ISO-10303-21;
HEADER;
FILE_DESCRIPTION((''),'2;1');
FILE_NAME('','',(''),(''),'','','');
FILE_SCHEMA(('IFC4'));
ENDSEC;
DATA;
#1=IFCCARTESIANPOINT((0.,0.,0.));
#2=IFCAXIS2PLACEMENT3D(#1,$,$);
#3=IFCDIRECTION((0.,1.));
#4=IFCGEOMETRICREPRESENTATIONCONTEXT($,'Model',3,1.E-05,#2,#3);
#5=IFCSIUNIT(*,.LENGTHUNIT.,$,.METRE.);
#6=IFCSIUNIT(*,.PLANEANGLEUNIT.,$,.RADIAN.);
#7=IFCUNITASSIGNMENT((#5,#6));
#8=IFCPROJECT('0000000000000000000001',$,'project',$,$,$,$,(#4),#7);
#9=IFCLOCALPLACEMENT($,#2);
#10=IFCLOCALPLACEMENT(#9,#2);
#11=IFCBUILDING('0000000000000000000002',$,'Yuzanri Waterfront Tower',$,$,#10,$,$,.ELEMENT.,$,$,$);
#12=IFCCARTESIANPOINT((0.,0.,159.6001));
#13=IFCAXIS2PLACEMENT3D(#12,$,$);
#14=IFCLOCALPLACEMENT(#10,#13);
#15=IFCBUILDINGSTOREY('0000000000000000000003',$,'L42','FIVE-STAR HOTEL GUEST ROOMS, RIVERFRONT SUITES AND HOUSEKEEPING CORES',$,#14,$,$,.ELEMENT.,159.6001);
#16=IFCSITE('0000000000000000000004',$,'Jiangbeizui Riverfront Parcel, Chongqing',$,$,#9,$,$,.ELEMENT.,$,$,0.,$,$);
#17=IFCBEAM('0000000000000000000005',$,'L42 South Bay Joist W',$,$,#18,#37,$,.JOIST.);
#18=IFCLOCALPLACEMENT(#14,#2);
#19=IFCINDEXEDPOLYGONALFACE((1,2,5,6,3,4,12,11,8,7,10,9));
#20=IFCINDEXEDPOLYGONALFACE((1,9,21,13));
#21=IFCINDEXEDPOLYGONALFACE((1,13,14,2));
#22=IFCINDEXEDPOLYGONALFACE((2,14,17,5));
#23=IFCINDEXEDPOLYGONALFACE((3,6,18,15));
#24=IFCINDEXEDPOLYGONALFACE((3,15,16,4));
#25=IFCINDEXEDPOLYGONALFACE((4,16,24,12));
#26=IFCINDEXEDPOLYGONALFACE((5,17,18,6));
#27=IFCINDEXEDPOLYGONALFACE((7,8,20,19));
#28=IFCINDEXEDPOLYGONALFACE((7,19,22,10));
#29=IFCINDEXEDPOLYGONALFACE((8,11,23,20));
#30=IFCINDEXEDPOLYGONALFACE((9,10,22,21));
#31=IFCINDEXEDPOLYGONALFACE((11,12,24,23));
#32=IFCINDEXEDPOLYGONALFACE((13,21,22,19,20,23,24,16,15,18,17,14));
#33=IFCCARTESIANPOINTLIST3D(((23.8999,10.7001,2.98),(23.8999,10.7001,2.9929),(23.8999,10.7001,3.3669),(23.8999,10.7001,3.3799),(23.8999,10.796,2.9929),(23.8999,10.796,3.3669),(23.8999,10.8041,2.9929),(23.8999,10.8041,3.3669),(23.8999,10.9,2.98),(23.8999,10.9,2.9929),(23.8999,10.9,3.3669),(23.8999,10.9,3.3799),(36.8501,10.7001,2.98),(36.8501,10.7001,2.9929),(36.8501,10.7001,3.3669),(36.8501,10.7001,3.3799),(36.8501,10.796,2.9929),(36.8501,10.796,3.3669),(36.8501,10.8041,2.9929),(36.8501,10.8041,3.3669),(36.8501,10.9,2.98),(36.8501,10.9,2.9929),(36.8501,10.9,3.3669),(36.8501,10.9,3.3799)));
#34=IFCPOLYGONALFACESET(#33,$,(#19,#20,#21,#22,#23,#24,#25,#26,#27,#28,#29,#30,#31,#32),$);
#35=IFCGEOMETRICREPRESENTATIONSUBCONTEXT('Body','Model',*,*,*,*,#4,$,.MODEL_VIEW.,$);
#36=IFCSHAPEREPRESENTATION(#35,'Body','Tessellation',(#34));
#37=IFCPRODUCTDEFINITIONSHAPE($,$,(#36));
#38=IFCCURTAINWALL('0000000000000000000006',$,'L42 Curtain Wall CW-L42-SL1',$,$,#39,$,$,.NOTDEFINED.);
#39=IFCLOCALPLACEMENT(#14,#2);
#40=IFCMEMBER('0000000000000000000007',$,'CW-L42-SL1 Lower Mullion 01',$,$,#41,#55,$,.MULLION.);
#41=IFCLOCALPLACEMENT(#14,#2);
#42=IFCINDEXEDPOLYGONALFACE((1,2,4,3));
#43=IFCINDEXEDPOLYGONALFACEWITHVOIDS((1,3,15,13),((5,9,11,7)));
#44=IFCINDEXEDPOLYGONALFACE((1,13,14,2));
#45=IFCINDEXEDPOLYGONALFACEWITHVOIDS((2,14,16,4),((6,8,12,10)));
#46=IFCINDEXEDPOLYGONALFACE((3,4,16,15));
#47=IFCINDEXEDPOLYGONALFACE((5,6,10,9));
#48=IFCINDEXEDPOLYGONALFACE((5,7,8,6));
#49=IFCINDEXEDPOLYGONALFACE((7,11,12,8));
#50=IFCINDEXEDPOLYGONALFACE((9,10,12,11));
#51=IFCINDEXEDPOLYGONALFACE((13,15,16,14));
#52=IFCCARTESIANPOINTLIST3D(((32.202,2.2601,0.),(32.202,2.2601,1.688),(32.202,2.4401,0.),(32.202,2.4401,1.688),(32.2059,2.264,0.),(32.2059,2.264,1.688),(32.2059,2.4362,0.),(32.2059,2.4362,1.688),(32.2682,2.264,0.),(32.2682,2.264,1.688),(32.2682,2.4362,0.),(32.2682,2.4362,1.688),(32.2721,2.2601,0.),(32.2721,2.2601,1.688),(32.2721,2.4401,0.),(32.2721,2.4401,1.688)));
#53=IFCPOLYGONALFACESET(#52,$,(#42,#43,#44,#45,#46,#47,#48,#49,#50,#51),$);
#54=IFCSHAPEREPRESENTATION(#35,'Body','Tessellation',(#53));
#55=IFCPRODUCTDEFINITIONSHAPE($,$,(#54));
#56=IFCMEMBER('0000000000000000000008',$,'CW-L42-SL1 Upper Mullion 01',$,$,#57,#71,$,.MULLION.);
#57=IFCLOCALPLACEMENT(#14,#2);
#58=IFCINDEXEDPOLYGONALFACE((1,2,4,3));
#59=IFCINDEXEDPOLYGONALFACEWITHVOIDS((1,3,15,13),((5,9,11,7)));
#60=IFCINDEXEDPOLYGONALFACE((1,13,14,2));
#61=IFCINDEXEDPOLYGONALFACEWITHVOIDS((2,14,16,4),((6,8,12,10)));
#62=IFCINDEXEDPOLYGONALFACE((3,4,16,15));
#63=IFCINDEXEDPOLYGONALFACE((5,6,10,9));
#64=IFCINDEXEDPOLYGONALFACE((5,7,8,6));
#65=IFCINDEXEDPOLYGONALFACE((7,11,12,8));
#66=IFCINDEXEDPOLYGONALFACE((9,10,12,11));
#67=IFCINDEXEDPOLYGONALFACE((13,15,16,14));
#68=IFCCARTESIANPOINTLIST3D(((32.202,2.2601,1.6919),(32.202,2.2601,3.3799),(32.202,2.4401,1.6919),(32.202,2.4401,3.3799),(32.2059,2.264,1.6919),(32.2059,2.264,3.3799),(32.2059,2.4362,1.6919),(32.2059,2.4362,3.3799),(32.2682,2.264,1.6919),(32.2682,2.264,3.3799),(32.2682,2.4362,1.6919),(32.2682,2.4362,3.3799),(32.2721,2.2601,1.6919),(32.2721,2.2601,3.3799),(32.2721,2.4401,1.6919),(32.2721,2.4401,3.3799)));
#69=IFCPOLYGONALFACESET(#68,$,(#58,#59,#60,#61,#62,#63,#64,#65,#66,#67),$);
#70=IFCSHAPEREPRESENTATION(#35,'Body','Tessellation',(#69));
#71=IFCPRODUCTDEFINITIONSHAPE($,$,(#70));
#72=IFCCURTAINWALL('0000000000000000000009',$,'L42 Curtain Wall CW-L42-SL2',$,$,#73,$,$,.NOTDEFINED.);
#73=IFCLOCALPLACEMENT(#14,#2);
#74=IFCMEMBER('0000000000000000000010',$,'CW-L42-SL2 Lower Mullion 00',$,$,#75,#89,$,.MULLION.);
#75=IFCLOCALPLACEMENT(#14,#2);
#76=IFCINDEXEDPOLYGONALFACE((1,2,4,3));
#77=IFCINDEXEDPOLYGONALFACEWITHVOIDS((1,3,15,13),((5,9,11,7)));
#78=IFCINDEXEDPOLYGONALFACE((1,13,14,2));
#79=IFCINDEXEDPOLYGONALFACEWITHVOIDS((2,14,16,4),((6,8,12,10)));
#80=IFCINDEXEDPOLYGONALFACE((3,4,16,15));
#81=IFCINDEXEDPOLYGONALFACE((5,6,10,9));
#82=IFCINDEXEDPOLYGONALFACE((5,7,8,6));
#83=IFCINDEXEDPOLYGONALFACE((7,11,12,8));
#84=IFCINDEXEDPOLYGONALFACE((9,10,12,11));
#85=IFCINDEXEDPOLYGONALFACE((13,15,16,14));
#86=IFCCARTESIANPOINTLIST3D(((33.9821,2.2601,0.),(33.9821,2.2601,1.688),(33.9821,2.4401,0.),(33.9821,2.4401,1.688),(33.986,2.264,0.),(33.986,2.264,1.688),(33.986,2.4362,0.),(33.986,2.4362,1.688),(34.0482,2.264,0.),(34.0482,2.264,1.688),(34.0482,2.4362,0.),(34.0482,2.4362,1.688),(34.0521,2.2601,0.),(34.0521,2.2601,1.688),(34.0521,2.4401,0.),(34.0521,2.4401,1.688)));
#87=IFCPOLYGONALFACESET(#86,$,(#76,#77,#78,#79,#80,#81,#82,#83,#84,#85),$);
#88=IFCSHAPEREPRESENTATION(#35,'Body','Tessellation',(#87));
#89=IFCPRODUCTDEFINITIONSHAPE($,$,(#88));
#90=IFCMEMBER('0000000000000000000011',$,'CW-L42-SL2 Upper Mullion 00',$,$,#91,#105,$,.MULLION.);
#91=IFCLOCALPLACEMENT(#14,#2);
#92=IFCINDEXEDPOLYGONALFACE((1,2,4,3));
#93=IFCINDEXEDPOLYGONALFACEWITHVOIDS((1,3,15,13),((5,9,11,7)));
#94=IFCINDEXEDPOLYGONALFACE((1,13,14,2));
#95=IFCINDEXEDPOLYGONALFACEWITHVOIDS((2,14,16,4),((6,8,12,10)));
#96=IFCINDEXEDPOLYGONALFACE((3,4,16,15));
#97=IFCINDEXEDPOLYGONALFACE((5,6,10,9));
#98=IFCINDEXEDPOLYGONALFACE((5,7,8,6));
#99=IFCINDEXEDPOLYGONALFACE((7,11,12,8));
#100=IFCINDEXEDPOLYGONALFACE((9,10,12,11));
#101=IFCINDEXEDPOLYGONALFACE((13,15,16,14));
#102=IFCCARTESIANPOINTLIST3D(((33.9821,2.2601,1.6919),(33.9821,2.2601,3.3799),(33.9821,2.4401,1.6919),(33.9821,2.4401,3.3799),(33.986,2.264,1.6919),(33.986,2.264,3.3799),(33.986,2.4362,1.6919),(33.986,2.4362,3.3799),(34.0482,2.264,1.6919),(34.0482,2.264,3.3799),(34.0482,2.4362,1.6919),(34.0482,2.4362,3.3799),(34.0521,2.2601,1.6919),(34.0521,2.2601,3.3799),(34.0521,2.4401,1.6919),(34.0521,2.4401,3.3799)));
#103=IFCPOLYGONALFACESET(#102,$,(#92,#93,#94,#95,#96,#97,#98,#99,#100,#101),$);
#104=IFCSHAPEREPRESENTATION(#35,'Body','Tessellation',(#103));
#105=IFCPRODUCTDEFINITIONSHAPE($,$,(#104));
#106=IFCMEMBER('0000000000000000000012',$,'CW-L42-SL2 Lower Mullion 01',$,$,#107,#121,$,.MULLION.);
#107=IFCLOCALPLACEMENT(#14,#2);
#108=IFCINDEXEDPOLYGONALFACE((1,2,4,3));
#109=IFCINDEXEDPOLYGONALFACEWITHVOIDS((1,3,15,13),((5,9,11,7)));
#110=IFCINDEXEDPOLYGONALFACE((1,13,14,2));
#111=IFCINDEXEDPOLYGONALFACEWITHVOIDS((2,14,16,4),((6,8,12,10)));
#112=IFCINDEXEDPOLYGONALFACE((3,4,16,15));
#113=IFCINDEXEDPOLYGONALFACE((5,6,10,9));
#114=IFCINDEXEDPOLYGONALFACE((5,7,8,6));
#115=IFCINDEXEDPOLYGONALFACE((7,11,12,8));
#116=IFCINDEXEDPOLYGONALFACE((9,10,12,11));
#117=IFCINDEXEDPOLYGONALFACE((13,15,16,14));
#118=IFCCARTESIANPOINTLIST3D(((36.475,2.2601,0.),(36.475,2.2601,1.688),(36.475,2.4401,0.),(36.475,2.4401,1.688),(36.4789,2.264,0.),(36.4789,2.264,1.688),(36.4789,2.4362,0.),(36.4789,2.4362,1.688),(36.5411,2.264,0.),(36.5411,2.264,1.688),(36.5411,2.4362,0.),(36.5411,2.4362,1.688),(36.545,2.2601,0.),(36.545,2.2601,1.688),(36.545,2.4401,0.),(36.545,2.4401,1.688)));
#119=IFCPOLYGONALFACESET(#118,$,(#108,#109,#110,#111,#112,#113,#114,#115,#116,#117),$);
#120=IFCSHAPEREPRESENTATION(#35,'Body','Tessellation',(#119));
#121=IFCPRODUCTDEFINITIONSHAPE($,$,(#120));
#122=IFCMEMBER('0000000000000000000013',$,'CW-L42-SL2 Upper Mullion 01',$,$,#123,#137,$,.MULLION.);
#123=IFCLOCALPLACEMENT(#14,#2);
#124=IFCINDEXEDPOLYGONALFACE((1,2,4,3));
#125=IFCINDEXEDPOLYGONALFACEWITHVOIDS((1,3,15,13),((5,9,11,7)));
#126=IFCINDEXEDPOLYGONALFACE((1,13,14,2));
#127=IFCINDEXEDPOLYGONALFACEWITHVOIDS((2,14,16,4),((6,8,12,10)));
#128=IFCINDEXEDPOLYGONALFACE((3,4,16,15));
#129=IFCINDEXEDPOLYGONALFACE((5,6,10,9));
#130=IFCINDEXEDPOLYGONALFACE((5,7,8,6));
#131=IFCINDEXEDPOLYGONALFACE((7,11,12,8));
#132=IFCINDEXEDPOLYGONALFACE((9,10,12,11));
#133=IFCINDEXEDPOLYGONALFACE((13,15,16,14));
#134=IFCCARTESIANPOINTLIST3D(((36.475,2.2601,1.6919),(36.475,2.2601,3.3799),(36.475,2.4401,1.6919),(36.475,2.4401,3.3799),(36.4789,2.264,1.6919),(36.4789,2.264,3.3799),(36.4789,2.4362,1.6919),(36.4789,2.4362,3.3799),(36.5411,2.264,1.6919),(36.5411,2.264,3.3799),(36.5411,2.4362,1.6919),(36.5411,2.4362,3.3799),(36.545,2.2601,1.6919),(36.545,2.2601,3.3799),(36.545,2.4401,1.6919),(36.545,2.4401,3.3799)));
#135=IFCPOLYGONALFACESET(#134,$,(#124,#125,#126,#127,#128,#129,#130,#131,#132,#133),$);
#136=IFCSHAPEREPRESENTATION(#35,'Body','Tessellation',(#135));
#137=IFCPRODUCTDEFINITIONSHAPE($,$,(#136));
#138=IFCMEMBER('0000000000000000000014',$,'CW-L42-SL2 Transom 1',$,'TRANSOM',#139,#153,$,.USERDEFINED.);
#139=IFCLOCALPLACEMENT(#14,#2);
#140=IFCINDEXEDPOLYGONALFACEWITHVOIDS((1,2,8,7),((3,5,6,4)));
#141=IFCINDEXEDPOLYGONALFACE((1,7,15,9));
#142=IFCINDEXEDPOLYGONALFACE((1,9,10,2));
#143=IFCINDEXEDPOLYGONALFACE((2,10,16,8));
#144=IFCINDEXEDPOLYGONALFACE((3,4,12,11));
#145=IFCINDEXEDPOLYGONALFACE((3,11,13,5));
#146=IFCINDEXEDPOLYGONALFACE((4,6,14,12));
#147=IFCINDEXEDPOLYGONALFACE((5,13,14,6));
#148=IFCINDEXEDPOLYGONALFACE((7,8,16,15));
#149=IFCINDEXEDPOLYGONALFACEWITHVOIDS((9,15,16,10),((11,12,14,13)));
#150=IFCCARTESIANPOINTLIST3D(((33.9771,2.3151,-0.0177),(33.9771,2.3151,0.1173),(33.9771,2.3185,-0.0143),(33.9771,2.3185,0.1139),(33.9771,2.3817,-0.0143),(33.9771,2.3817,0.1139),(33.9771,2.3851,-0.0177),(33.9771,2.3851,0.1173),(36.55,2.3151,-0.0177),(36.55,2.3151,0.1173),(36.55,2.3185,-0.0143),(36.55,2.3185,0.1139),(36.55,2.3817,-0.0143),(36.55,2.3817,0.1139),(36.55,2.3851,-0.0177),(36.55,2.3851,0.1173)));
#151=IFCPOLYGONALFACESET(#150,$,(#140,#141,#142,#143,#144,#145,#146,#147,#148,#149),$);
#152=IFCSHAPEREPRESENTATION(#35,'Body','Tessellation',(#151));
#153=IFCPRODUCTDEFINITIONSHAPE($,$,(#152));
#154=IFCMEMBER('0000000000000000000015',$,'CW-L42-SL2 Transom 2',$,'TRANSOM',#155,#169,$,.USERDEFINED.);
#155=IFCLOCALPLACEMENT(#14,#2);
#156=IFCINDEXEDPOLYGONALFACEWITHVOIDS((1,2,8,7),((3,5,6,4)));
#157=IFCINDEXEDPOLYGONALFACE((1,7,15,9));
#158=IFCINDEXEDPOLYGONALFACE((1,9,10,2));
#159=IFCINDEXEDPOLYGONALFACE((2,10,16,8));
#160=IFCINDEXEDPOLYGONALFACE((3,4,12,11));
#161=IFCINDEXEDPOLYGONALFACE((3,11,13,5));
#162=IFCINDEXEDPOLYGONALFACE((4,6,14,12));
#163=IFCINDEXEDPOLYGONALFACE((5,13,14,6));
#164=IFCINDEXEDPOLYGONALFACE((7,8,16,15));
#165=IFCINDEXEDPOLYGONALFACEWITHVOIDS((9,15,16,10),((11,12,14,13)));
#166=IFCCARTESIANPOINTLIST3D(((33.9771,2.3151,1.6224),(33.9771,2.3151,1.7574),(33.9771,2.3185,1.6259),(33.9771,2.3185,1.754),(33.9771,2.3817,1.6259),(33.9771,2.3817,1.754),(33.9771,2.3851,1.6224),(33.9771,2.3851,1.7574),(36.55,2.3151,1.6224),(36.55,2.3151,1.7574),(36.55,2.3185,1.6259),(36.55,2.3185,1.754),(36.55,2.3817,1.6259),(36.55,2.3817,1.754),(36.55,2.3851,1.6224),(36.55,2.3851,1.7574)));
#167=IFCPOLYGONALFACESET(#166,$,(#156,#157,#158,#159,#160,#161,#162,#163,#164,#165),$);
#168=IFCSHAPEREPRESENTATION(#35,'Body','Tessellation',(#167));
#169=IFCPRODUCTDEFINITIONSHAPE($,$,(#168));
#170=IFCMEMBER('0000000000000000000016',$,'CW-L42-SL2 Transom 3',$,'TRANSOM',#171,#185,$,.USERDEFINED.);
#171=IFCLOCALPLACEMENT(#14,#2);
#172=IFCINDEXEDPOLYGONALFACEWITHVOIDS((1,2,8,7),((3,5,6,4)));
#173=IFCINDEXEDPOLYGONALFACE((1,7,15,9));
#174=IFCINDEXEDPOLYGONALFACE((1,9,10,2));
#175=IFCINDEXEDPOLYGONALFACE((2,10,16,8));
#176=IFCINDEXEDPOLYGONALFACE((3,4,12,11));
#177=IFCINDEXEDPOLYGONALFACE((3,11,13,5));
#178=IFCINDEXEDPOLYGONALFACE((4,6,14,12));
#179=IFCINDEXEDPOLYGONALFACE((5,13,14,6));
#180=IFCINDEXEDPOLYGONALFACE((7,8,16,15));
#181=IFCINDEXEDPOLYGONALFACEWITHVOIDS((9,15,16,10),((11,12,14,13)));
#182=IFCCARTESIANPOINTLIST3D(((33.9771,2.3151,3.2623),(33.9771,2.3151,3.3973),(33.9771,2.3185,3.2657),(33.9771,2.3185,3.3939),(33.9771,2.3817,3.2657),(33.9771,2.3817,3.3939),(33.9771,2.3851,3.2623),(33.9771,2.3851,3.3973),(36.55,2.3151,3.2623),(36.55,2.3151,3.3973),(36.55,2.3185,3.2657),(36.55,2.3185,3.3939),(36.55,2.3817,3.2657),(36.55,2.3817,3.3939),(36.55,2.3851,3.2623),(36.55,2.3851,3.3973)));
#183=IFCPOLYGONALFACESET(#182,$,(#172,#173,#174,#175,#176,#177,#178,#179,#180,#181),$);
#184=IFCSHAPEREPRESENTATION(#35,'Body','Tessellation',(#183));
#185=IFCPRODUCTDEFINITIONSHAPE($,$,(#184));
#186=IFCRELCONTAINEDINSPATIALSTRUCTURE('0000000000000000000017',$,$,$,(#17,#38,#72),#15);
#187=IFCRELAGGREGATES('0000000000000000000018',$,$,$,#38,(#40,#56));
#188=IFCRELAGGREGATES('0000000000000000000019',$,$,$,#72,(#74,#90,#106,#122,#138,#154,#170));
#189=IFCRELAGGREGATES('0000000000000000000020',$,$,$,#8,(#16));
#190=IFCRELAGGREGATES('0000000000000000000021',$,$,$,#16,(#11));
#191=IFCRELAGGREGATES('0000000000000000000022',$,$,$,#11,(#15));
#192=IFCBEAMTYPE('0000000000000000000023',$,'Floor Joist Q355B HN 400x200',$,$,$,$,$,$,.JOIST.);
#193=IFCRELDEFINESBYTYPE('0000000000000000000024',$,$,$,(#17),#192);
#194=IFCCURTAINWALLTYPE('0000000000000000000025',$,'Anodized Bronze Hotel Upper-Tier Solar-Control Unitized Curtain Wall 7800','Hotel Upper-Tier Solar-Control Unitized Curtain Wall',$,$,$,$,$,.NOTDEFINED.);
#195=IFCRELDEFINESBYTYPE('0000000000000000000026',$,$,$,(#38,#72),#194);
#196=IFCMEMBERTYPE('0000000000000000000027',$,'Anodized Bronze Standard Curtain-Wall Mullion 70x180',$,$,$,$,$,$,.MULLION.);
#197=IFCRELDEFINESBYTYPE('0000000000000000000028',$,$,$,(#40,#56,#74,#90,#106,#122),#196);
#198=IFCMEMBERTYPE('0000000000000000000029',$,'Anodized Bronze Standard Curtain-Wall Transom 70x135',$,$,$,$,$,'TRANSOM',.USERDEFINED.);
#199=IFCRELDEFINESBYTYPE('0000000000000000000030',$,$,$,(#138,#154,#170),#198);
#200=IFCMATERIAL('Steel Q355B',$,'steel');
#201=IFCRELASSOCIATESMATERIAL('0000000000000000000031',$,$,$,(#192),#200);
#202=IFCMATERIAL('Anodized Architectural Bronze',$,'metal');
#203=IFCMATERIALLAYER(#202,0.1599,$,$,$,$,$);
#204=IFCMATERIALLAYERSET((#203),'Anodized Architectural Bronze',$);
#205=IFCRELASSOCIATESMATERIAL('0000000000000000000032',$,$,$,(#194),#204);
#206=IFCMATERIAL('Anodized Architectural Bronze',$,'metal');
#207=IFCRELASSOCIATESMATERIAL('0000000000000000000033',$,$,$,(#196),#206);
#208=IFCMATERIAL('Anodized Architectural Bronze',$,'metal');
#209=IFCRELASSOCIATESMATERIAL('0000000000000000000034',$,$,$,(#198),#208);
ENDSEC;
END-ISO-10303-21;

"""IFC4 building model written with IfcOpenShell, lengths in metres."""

from ifc_helpers import new_model, si_unit, direction, frame, origin, origin_2d, place, context, subcontext, project, spatial, hollow_rectangle, i_section, extrude, source, transform, mapped, material, layer, layer_set, material_profile, profile_set, type_object, element, aggregate, save


model = new_model("IFC4")

# Units and contexts
model_context = context("Model", 3, precision=1e-05, world=origin(), true_north=direction((0.0, 1.0)))
body_context = subcontext(model_context, "Body", "Model", "MODEL_VIEW")
ifc_project = project(units=[si_unit("LENGTHUNIT", "METRE"), si_unit("PLANEANGLEUNIT", "RADIAN")], contexts=[model_context])

# Site, building, storey
site_placement = place(None, origin())
site = spatial("IfcSite", under=ifc_project, at=site_placement, Name="Jiangbeizui Riverfront Parcel, Chongqing", CompositionType="ELEMENT", RefElevation=0.0)
building_placement = place(site_placement, origin())
building = spatial("IfcBuilding", under=site, at=building_placement, Name="Yuzanri Waterfront Tower", CompositionType="ELEMENT")
storey_placement = place(building_placement, frame((0.0, 0.0, 159.6001)))
storey = spatial("IfcBuildingStorey", under=building, at=storey_placement, Name="L42", Description="FIVE-STAR HOTEL GUEST ROOMS, RIVERFRONT SUITES AND HOUSEKEEPING CORES", CompositionType="ELEMENT", Elevation=159.6001)

# Beam
ifc_material_1 = material(Name="Steel Q355B", Category="steel")
ifc_material_profile_1 = material_profile(ifc_material_1, i_section(OverallWidth=0.2, OverallDepth=0.3999, WebThickness=0.0081, FlangeThickness=0.0129, at=origin_2d()), Name="HN 400x200x8x13")
ifc_profile_set_1 = profile_set([ifc_material_profile_1], Name="Steel Q355B")
beam_type = type_object("IfcBeamType", Name="Floor Joist Q355B HN 400x200", PredefinedType="JOIST", material=ifc_profile_set_1)
shared_shape_1 = source(origin(), body_context, "Body", "SweptSolid", [
    extrude(i_section(OverallWidth=0.2, OverallDepth=0.3999, WebThickness=0.0081, FlangeThickness=0.0129, at=origin_2d()), origin(), (0.0, 0.0, 1.0), 12.9502),
])
beam_placement = place(storey_placement, frame((23.8999, 10.8, 3.1799), z_axis=(1.0, 0.0, 0.0), x_axis=(0.0, 1.0, 0.0)))
element("IfcBeam", 1, at=beam_placement, inside=storey, type_object=beam_type, Name="L42 South Bay Joist W", PredefinedType="JOIST", context=body_context, shape_type="MappedRepresentation", body=[
    mapped(shared_shape_1, transform((0.0, 0.0, 0.0), scale=1.0)),
])

# Curtain walls, members
ifc_material_2 = material(Name="Anodized Architectural Bronze", Category="metal")
ifc_layer_1 = layer(ifc_material_2, 0.1599)
ifc_layer_set_1 = layer_set([ifc_layer_1], Name="Anodized Architectural Bronze")
curtain_wall_type = type_object("IfcCurtainWallType", Name="Anodized Bronze Hotel Upper-Tier Solar-Control Unitized Curtain Wall 7800", Description="Hotel Upper-Tier Solar-Control Unitized Curtain Wall", PredefinedType="NOTDEFINED", material=ifc_layer_set_1)
curtain_wall_1_placement = place(storey_placement, origin())
curtain_wall_1 = element("IfcCurtainWall", 2, at=curtain_wall_1_placement, inside=storey, type_object=curtain_wall_type, Name="L42 Curtain Wall CW-L42-SL1", PredefinedType="NOTDEFINED")
ifc_material_3 = material(Name="Anodized Architectural Bronze", Category="metal")
ifc_material_profile_2 = material_profile(ifc_material_3, hollow_rectangle(XDim=0.0701, YDim=0.1799, WallThickness=0.0039, at=origin_2d()), Name="CWM 70x180")
ifc_profile_set_2 = profile_set([ifc_material_profile_2], Name="Anodized Architectural Bronze")
member_type_1 = type_object("IfcMemberType", Name="Anodized Bronze Standard Curtain-Wall Mullion 70x180", PredefinedType="MULLION", material=ifc_profile_set_2)
shared_shape_2 = source(origin(), body_context, "Body", "SweptSolid", [
    extrude(hollow_rectangle(XDim=0.0701, YDim=0.1799, WallThickness=0.0039, at=origin_2d()), origin(), (0.0, 0.0, 1.0), 1.688),
])
member_1_placement = place(storey_placement, frame((32.2371, 2.3501, 0.0), z_axis=(0.0, 0.0, 1.0), x_axis=(1.0, 0.0, 0.0)))
member_1 = element("IfcMember", 3, at=member_1_placement, type_object=member_type_1, Name="CW-L42-SL1 Lower Mullion 01", PredefinedType="MULLION", context=body_context, shape_type="MappedRepresentation", body=[
    mapped(shared_shape_2, transform((0.0, 0.0, 0.0), scale=1.0)),
])
member_2_placement = place(storey_placement, frame((32.2371, 2.3501, 1.6919), z_axis=(0.0, 0.0, 1.0), x_axis=(1.0, 0.0, 0.0)))
member_2 = element("IfcMember", 4, at=member_2_placement, type_object=member_type_1, Name="CW-L42-SL1 Upper Mullion 01", PredefinedType="MULLION", context=body_context, shape_type="MappedRepresentation", body=[
    mapped(shared_shape_2, transform((0.0, 0.0, 0.0), scale=1.0)),
])
curtain_wall_2_placement = place(storey_placement, origin())
curtain_wall_2 = element("IfcCurtainWall", 5, at=curtain_wall_2_placement, inside=storey, type_object=curtain_wall_type, Name="L42 Curtain Wall CW-L42-SL2", PredefinedType="NOTDEFINED")
member_3_placement = place(storey_placement, frame((34.0171, 2.3501, 0.0), z_axis=(0.0, 0.0, 1.0), x_axis=(1.0, 0.0, 0.0)))
member_3 = element("IfcMember", 6, at=member_3_placement, type_object=member_type_1, Name="CW-L42-SL2 Lower Mullion 00", PredefinedType="MULLION", context=body_context, shape_type="MappedRepresentation", body=[
    mapped(shared_shape_2, transform((0.0, 0.0, 0.0), scale=1.0)),
])
member_4_placement = place(storey_placement, frame((34.0171, 2.3501, 1.6919), z_axis=(0.0, 0.0, 1.0), x_axis=(1.0, 0.0, 0.0)))
member_4 = element("IfcMember", 7, at=member_4_placement, type_object=member_type_1, Name="CW-L42-SL2 Upper Mullion 00", PredefinedType="MULLION", context=body_context, shape_type="MappedRepresentation", body=[
    mapped(shared_shape_2, transform((0.0, 0.0, 0.0), scale=1.0)),
])
member_5_placement = place(storey_placement, frame((36.51, 2.3501, 0.0), z_axis=(0.0, 0.0, 1.0), x_axis=(1.0, 0.0, 0.0)))
member_5 = element("IfcMember", 8, at=member_5_placement, type_object=member_type_1, Name="CW-L42-SL2 Lower Mullion 01", PredefinedType="MULLION", context=body_context, shape_type="MappedRepresentation", body=[
    mapped(shared_shape_2, transform((0.0, 0.0, 0.0), scale=1.0)),
])
member_6_placement = place(storey_placement, frame((36.51, 2.3501, 1.6919), z_axis=(0.0, 0.0, 1.0), x_axis=(1.0, 0.0, 0.0)))
member_6 = element("IfcMember", 9, at=member_6_placement, type_object=member_type_1, Name="CW-L42-SL2 Upper Mullion 01", PredefinedType="MULLION", context=body_context, shape_type="MappedRepresentation", body=[
    mapped(shared_shape_2, transform((0.0, 0.0, 0.0), scale=1.0)),
])
ifc_material_4 = material(Name="Anodized Architectural Bronze", Category="metal")
ifc_material_profile_3 = material_profile(ifc_material_4, hollow_rectangle(XDim=0.0701, YDim=0.135, WallThickness=0.0034, at=origin_2d()), Name="CWT 70x135")
ifc_profile_set_3 = profile_set([ifc_material_profile_3], Name="Anodized Architectural Bronze")
member_type_2 = type_object("IfcMemberType", Name="Anodized Bronze Standard Curtain-Wall Transom 70x135", ElementType="TRANSOM", PredefinedType="USERDEFINED", material=ifc_profile_set_3)
shared_shape_3 = source(origin(), body_context, "Body", "SweptSolid", [
    extrude(hollow_rectangle(XDim=0.0701, YDim=0.135, WallThickness=0.0034, at=origin_2d()), origin(), (0.0, 0.0, 1.0), 2.573),
])
member_7_placement = place(storey_placement, frame((33.9771, 2.3501, 0.0498), z_axis=(1.0, 0.0, 0.0), x_axis=(0.0, 1.0, 0.0)))
member_7 = element("IfcMember", 10, at=member_7_placement, type_object=member_type_2, Name="CW-L42-SL2 Transom 1", ObjectType="TRANSOM", PredefinedType="USERDEFINED", context=body_context, shape_type="MappedRepresentation", body=[
    mapped(shared_shape_3, transform((0.0, 0.0, 0.0), scale=1.0)),
])
member_8_placement = place(storey_placement, frame((33.9771, 2.3501, 1.6899), z_axis=(1.0, 0.0, 0.0), x_axis=(0.0, 1.0, 0.0)))
member_8 = element("IfcMember", 11, at=member_8_placement, type_object=member_type_2, Name="CW-L42-SL2 Transom 2", ObjectType="TRANSOM", PredefinedType="USERDEFINED", context=body_context, shape_type="MappedRepresentation", body=[
    mapped(shared_shape_3, transform((0.0, 0.0, 0.0), scale=1.0)),
])
member_9_placement = place(storey_placement, frame((33.9771, 2.3501, 3.3298), z_axis=(1.0, 0.0, 0.0), x_axis=(0.0, 1.0, 0.0)))
member_9 = element("IfcMember", 12, at=member_9_placement, type_object=member_type_2, Name="CW-L42-SL2 Transom 3", ObjectType="TRANSOM", PredefinedType="USERDEFINED", context=body_context, shape_type="MappedRepresentation", body=[
    mapped(shared_shape_3, transform((0.0, 0.0, 0.0), scale=1.0)),
])

aggregate(curtain_wall_1, [member_1, member_2])
aggregate(curtain_wall_2, [member_3, member_4, member_5, member_6, member_7, member_8, member_9])

save(model, "model.ifc")
